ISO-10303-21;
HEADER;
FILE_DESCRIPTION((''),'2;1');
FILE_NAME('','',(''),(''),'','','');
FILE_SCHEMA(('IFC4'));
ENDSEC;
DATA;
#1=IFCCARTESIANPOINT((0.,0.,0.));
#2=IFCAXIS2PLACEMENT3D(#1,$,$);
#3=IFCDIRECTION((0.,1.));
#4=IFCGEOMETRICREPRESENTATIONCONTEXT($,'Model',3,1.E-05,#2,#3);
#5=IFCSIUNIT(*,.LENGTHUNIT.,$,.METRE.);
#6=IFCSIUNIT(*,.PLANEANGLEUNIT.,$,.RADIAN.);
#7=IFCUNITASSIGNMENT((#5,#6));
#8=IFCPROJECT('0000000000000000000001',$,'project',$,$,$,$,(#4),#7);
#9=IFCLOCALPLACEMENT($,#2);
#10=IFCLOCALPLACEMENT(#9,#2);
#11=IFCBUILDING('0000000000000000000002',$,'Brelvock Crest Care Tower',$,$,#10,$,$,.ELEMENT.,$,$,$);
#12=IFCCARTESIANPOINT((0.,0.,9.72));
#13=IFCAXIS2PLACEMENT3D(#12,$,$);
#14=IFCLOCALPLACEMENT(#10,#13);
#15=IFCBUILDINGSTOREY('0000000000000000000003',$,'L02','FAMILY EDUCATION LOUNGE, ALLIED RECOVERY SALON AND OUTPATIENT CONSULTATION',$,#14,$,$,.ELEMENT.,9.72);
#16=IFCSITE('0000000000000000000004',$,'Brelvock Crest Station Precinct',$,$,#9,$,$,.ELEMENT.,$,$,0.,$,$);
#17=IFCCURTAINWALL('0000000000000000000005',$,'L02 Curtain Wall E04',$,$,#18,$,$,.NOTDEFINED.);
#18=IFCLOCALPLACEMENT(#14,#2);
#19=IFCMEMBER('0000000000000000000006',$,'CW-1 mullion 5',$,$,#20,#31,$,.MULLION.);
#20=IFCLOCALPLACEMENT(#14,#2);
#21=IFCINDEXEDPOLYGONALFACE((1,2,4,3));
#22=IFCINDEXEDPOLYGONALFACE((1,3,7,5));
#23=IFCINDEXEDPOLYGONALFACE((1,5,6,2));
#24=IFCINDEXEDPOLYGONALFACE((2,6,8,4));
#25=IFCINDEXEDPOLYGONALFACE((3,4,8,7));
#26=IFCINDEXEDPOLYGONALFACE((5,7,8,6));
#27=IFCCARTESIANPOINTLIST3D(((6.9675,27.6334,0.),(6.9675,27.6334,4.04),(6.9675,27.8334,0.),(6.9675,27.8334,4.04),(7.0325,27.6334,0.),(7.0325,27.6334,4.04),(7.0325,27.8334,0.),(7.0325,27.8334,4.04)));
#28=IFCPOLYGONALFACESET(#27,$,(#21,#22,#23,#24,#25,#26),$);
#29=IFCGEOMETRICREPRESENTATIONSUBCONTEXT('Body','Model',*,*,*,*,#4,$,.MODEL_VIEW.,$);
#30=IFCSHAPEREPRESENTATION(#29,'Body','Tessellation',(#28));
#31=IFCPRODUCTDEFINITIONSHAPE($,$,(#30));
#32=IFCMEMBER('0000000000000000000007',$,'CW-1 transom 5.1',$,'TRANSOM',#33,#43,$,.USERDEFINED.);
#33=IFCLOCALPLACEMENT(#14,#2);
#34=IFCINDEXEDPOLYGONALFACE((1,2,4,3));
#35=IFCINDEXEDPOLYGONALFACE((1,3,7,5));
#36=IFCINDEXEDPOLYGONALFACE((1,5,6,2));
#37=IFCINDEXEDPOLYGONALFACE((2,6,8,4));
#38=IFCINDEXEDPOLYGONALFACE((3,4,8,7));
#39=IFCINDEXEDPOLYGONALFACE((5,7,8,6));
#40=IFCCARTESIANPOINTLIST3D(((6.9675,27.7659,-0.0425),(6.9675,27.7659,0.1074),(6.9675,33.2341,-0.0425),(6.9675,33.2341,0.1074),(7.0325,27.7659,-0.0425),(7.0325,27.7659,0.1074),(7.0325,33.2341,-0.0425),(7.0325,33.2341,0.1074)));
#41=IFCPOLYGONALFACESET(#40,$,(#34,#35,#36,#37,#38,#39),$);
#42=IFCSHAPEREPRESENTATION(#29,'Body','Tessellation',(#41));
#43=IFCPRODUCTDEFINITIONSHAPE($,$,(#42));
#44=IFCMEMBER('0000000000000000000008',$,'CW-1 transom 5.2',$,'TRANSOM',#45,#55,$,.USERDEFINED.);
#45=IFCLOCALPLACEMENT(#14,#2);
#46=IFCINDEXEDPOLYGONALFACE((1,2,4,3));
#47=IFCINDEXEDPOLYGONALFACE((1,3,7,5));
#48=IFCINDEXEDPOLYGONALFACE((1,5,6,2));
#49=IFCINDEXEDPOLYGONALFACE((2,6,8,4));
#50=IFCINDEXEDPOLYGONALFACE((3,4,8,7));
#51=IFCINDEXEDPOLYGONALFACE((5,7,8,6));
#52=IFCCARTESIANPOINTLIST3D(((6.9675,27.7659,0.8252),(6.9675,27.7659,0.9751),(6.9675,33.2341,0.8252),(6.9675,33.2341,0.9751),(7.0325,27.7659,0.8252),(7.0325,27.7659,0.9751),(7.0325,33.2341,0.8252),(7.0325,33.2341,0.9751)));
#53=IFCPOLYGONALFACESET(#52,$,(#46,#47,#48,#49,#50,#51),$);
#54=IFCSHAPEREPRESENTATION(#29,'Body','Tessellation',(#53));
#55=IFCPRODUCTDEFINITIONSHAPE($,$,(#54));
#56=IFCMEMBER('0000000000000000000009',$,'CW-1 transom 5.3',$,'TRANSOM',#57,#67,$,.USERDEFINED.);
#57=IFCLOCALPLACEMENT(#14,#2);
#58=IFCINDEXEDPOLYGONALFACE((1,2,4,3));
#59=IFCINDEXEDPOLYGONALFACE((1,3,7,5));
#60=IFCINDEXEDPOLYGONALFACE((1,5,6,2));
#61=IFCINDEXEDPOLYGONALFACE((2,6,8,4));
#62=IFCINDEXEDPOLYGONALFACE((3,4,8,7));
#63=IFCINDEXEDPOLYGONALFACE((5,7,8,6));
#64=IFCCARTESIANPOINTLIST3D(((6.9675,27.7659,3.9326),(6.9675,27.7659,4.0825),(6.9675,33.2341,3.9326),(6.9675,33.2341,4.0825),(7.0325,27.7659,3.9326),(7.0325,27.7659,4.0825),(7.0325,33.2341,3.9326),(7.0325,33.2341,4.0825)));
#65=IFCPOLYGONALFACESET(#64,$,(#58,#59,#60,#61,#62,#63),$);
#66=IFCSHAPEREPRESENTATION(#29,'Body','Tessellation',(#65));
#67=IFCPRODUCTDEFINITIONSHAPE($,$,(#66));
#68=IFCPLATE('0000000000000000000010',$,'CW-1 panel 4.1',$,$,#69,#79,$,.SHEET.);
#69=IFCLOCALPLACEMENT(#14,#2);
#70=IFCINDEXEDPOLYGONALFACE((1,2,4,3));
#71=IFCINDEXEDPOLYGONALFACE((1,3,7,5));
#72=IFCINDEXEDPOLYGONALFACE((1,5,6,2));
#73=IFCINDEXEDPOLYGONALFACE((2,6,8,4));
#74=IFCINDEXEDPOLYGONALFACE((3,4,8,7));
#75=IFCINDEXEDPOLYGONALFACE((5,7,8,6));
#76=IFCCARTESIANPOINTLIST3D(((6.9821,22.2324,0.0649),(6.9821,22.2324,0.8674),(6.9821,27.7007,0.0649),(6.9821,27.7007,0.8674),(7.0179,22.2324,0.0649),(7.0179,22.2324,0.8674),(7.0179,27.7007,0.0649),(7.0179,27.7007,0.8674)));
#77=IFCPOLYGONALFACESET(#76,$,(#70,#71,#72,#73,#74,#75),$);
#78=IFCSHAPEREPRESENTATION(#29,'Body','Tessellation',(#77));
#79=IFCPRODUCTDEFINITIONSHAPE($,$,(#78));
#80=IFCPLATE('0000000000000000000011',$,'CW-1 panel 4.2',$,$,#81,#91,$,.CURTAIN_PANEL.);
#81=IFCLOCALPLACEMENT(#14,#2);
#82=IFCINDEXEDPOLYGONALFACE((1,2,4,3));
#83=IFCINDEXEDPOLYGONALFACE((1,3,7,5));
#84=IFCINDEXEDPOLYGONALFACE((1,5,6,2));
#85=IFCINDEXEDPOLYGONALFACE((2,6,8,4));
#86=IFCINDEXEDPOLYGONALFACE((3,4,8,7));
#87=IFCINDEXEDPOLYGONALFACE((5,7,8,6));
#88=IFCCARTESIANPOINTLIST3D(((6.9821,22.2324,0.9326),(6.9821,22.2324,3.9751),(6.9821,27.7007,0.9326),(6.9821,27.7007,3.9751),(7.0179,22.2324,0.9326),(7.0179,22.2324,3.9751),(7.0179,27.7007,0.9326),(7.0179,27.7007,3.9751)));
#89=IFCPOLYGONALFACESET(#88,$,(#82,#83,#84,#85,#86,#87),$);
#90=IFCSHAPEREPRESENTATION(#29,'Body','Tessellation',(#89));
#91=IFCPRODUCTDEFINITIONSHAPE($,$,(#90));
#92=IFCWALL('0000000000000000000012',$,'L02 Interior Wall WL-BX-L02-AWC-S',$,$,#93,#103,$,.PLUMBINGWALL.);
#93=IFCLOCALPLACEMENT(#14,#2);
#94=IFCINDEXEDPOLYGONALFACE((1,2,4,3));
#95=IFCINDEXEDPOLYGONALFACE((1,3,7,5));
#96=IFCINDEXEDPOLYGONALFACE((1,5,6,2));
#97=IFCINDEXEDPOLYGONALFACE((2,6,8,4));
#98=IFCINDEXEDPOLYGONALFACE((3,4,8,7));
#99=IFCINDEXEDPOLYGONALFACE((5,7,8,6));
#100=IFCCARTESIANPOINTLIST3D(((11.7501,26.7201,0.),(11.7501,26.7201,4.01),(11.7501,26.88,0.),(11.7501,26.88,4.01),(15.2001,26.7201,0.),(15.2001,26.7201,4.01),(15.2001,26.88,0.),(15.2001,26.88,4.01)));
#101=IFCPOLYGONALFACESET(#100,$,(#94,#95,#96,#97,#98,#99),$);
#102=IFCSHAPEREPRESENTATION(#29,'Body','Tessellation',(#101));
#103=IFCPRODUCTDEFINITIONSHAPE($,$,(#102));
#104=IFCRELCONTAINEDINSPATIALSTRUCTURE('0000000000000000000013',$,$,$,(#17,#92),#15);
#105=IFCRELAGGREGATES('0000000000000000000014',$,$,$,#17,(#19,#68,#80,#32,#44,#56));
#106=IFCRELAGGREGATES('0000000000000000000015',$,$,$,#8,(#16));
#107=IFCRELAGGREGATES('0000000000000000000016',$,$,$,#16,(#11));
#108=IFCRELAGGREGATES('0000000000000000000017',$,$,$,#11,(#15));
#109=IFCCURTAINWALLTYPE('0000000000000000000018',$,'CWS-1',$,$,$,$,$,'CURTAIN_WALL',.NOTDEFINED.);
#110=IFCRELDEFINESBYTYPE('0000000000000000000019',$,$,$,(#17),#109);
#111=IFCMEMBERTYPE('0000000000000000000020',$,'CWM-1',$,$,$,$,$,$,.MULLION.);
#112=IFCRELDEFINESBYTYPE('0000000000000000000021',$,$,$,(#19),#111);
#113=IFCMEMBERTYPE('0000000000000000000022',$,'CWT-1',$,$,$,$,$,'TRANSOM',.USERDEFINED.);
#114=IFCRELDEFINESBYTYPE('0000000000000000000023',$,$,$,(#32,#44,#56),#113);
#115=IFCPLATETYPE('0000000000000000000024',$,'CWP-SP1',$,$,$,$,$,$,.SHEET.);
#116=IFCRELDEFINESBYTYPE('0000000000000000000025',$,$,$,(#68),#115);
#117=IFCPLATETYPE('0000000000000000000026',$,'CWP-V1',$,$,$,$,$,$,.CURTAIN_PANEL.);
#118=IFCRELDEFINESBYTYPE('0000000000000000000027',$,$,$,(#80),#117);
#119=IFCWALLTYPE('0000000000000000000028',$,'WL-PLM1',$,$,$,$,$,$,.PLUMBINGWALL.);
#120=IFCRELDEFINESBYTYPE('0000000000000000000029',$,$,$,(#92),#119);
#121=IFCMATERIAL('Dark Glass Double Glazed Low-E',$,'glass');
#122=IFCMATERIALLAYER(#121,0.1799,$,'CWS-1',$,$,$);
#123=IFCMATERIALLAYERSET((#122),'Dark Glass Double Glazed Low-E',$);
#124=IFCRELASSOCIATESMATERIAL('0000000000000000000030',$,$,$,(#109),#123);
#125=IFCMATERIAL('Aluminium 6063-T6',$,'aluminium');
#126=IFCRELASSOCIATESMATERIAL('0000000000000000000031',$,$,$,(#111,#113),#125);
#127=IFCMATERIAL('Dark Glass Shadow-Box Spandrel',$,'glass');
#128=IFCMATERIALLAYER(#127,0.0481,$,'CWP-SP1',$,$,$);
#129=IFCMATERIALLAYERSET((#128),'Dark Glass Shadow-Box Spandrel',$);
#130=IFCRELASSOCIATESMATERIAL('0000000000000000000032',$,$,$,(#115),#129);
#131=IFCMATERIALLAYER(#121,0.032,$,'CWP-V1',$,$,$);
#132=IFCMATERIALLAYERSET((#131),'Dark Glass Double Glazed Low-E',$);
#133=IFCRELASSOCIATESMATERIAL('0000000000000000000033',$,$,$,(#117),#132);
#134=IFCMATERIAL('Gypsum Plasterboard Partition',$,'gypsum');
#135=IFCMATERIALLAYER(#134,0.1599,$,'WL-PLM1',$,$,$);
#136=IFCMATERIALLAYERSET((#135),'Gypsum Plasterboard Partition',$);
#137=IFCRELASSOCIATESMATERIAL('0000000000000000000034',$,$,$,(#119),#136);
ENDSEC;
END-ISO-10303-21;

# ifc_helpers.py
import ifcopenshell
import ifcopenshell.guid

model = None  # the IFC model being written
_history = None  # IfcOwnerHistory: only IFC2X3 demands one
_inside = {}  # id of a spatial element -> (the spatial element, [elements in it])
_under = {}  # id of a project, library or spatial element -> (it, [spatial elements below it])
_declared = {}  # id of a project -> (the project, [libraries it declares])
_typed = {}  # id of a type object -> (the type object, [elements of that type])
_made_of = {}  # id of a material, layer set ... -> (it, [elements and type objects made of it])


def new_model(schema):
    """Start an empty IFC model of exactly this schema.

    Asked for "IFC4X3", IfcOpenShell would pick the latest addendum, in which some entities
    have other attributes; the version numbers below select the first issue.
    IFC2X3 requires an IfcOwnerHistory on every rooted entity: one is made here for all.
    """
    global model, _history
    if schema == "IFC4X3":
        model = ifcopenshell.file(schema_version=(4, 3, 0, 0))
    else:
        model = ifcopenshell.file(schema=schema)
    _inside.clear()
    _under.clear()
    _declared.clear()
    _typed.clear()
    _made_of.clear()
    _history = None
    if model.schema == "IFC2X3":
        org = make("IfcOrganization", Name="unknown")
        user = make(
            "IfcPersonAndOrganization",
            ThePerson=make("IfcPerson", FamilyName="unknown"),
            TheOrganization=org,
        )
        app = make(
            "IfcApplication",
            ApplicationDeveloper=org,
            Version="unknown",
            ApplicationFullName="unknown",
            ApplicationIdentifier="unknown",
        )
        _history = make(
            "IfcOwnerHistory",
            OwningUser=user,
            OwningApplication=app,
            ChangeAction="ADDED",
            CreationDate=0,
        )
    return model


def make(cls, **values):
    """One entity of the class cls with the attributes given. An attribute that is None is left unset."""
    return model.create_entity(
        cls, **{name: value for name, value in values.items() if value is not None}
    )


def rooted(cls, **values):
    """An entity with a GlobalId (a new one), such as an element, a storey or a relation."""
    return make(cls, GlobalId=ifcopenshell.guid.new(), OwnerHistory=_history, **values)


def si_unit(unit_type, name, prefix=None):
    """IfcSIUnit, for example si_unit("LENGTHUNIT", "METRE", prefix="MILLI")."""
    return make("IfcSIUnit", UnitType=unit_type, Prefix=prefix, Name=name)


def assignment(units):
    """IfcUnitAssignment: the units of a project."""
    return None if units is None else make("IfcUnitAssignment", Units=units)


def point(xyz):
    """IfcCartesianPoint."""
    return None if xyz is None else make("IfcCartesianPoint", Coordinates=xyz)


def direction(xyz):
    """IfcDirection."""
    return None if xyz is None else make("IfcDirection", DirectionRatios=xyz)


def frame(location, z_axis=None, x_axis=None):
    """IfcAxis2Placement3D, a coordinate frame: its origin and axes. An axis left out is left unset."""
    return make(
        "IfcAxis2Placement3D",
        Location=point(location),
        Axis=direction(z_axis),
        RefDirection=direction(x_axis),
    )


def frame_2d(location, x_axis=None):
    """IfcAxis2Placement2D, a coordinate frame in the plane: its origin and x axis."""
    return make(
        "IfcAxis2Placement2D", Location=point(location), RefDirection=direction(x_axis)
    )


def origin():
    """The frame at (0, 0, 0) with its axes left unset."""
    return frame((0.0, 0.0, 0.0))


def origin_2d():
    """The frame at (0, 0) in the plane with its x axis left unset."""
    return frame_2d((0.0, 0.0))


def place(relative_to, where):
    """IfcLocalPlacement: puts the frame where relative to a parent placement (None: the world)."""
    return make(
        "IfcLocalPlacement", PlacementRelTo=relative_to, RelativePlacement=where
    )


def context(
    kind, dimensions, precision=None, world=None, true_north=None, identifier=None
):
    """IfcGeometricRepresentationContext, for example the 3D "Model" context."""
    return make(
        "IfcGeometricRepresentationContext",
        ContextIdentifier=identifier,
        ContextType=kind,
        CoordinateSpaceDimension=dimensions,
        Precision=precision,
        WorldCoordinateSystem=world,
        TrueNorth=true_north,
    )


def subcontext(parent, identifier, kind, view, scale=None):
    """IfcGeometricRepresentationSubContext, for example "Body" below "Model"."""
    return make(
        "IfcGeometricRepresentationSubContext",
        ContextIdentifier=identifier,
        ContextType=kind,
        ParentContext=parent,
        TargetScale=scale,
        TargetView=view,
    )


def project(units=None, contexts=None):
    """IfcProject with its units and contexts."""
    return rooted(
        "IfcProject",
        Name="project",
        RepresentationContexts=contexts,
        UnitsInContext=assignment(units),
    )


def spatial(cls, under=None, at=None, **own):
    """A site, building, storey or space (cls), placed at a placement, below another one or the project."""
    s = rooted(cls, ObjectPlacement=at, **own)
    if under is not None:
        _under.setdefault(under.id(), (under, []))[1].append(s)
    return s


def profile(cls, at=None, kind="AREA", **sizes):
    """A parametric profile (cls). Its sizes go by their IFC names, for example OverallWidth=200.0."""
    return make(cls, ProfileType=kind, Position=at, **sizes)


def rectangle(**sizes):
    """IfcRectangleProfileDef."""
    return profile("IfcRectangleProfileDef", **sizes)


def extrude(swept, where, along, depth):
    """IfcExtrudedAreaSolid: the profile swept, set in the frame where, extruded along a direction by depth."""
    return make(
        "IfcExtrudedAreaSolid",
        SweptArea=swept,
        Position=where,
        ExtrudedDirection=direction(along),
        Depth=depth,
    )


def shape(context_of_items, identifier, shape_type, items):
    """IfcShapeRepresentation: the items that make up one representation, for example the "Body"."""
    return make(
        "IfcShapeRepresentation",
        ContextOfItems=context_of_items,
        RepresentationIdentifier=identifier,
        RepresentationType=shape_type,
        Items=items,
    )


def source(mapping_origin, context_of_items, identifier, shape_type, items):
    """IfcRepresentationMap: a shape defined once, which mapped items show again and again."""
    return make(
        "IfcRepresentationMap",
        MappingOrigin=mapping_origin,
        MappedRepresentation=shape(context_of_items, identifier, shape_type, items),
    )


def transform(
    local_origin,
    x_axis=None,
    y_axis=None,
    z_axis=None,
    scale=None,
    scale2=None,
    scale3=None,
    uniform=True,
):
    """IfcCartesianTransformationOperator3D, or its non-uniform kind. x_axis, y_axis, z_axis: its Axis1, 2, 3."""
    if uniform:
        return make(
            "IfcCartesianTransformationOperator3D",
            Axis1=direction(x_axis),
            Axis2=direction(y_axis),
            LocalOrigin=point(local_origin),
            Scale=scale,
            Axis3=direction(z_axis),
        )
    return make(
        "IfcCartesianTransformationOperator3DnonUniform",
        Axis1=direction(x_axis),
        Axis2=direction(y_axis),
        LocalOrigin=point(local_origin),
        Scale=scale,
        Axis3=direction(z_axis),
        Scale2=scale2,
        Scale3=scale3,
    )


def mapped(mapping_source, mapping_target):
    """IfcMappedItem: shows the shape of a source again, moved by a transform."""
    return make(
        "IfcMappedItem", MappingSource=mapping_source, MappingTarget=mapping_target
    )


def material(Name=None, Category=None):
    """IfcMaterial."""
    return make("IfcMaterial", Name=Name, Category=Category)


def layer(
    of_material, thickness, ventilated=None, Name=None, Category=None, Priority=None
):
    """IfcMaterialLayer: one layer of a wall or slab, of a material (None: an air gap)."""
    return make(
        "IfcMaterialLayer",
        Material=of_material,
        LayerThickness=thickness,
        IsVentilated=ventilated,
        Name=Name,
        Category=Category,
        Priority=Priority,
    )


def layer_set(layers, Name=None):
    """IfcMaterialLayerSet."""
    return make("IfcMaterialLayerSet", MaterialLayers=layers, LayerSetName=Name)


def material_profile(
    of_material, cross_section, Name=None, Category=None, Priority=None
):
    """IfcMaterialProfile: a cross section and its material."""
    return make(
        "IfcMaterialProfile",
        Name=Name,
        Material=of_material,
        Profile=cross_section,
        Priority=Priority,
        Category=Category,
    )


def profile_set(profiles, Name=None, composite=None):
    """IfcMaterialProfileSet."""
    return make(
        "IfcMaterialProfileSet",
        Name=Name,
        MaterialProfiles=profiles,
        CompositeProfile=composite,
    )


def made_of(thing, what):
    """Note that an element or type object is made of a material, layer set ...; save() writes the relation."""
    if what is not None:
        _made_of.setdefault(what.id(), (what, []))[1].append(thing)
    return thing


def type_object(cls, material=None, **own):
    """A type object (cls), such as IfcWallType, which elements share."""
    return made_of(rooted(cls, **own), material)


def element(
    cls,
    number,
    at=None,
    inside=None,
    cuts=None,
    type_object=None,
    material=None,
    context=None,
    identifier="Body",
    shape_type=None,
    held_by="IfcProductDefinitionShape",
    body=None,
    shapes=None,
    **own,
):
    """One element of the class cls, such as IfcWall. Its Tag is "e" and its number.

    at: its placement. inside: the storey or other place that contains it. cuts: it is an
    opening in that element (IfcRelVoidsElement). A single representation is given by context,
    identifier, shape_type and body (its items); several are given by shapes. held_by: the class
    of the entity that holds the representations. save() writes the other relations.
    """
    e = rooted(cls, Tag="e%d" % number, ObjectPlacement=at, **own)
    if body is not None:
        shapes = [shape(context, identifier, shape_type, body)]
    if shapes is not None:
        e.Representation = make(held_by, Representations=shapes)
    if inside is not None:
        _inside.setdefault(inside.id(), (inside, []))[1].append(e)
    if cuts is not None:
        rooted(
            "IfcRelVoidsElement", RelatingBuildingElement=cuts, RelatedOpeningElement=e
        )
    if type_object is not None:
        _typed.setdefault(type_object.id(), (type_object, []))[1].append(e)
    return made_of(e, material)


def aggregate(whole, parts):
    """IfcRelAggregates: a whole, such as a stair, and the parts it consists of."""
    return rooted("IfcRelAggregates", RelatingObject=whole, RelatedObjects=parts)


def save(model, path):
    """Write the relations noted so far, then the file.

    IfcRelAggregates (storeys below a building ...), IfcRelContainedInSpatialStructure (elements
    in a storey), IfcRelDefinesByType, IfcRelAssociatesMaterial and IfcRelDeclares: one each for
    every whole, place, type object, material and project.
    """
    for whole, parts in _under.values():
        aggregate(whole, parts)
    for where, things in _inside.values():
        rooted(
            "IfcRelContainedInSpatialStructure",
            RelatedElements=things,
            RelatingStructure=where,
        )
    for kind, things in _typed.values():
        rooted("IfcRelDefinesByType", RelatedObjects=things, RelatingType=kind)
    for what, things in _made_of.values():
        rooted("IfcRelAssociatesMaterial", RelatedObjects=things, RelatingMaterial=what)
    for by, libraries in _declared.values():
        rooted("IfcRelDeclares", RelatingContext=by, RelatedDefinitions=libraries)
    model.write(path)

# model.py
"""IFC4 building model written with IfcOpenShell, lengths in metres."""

from ifc_helpers import new_model, si_unit, direction, frame, frame_2d, origin, origin_2d, place, context, subcontext, project, spatial, rectangle, extrude, source, transform, mapped, material, layer, layer_set, material_profile, profile_set, type_object, element, aggregate, save


model = new_model("IFC4")

# Units and contexts
model_context = context("Model", 3, precision=1e-05, world=origin(), true_north=direction((0.0, 1.0)))
body_context = subcontext(model_context, "Body", "Model", "MODEL_VIEW")
ifc_project = project(units=[si_unit("LENGTHUNIT", "METRE"), si_unit("PLANEANGLEUNIT", "RADIAN")], contexts=[model_context])

# Site, building, storey
site_placement = place(None, origin())
site = spatial("IfcSite", under=ifc_project, at=site_placement, Name="Brelvock Crest Station Precinct", CompositionType="ELEMENT", RefElevation=0.0)
building_placement = place(site_placement, origin())
building = spatial("IfcBuilding", under=site, at=building_placement, Name="Brelvock Crest Care Tower", CompositionType="ELEMENT")
storey_placement = place(building_placement, frame((0.0, 0.0, 9.72)))
storey = spatial("IfcBuildingStorey", under=building, at=storey_placement, Name="L02", Description="FAMILY EDUCATION LOUNGE, ALLIED RECOVERY SALON AND OUTPATIENT CONSULTATION", CompositionType="ELEMENT", Elevation=9.72)

# Curtain wall, members, plates
ifc_material_1 = material(Name="Dark Glass Double Glazed Low-E", Category="glass")
ifc_layer_1 = layer(ifc_material_1, 0.1799, Name="CWS-1")
ifc_layer_set_1 = layer_set([ifc_layer_1], Name="Dark Glass Double Glazed Low-E")
curtain_wall_type = type_object("IfcCurtainWallType", Name="CWS-1", ElementType="CURTAIN_WALL", PredefinedType="NOTDEFINED", material=ifc_layer_set_1)
curtain_wall_placement = place(storey_placement, origin())
curtain_wall = element("IfcCurtainWall", 1, at=curtain_wall_placement, inside=storey, type_object=curtain_wall_type, Name="L02 Curtain Wall E04", PredefinedType="NOTDEFINED")
ifc_material_2 = material(Name="Aluminium 6063-T6", Category="aluminium")
ifc_material_profile_1 = material_profile(ifc_material_2, rectangle(XDim=0.0649, YDim=0.2, at=origin_2d()), Name="ALU65x200")
ifc_profile_set_1 = profile_set([ifc_material_profile_1], Name="Aluminium 6063-T6")
member_type_1 = type_object("IfcMemberType", Name="CWM-1", PredefinedType="MULLION", material=ifc_profile_set_1)
shared_shape_1 = source(origin(), body_context, "Body", "SweptSolid", [
    extrude(rectangle(XDim=0.0649, YDim=0.2, at=origin_2d()), origin(), (0.0, 0.0, 1.0), 4.04),
])
member_1_placement = place(storey_placement, frame((7.0, 27.7334, 0.0), z_axis=(0.0, 0.0, 1.0), x_axis=(-1.0, 0.0, 0.0)))
member_1 = element("IfcMember", 2, at=member_1_placement, type_object=member_type_1, Name="CW-1 mullion 5", PredefinedType="MULLION", context=body_context, shape_type="MappedRepresentation", body=[
    mapped(shared_shape_1, transform((0.0, 0.0, 0.0), x_axis=(1.0, 0.0, 0.0), y_axis=(0.0, 1.0, 0.0), z_axis=(0.0, 0.0, 1.0), scale=1.0)),
])
ifc_material_profile_2 = material_profile(ifc_material_2, rectangle(XDim=0.0649, YDim=0.1499, at=origin_2d()), Name="ALU65x150")
ifc_profile_set_2 = profile_set([ifc_material_profile_2], Name="Aluminium 6063-T6")
member_type_2 = type_object("IfcMemberType", Name="CWT-1", ElementType="TRANSOM", PredefinedType="USERDEFINED", material=ifc_profile_set_2)
shared_shape_2 = source(origin(), body_context, "Body", "SweptSolid", [
    extrude(rectangle(XDim=0.0649, YDim=0.1499, at=origin_2d()), origin(), (0.0, 0.0, 1.0), 5.4683),
])
member_2_placement = place(storey_placement, frame((7.0, 27.7659, 0.0325), z_axis=(0.0, 1.0, 0.0), x_axis=(-1.0, 0.0, 0.0)))
member_2 = element("IfcMember", 3, at=member_2_placement, type_object=member_type_2, Name="CW-1 transom 5.1", ObjectType="TRANSOM", PredefinedType="USERDEFINED", context=body_context, shape_type="MappedRepresentation", body=[
    mapped(shared_shape_2, transform((0.0, 0.0, 0.0), x_axis=(1.0, 0.0, 0.0), y_axis=(0.0, 1.0, 0.0), z_axis=(0.0, 0.0, 1.0), scale=1.0)),
])
member_3_placement = place(storey_placement, frame((7.0, 27.7659, 0.9001), z_axis=(0.0, 1.0, 0.0), x_axis=(-1.0, 0.0, 0.0)))
member_3 = element("IfcMember", 4, at=member_3_placement, type_object=member_type_2, Name="CW-1 transom 5.2", ObjectType="TRANSOM", PredefinedType="USERDEFINED", context=body_context, shape_type="MappedRepresentation", body=[
    mapped(shared_shape_2, transform((0.0, 0.0, 0.0), x_axis=(1.0, 0.0, 0.0), y_axis=(0.0, 1.0, 0.0), z_axis=(0.0, 0.0, 1.0), scale=1.0)),
])
member_4_placement = place(storey_placement, frame((7.0, 27.7659, 4.0076), z_axis=(0.0, 1.0, 0.0), x_axis=(-1.0, 0.0, 0.0)))
member_4 = element("IfcMember", 5, at=member_4_placement, type_object=member_type_2, Name="CW-1 transom 5.3", ObjectType="TRANSOM", PredefinedType="USERDEFINED", context=body_context, shape_type="MappedRepresentation", body=[
    mapped(shared_shape_2, transform((0.0, 0.0, 0.0), x_axis=(1.0, 0.0, 0.0), y_axis=(0.0, 1.0, 0.0), z_axis=(0.0, 0.0, 1.0), scale=1.0)),
])
ifc_material_3 = material(Name="Dark Glass Shadow-Box Spandrel", Category="glass")
ifc_layer_2 = layer(ifc_material_3, 0.0481, Name="CWP-SP1")
ifc_layer_set_2 = layer_set([ifc_layer_2], Name="Dark Glass Shadow-Box Spandrel")
plate_type_1 = type_object("IfcPlateType", Name="CWP-SP1", PredefinedType="SHEET", material=ifc_layer_set_2)
shared_shape_3 = source(origin(), body_context, "Body", "SweptSolid", [
    extrude(rectangle(XDim=5.4683, YDim=0.0359, at=origin_2d()), origin(), (0.0, 0.0, 1.0), 0.8025),
])
plate_1_placement = place(storey_placement, frame((7.0, 24.9666, 0.0649), z_axis=(0.0, 0.0, 1.0), x_axis=(0.0, 1.0, 0.0)))
plate_1 = element("IfcPlate", 6, at=plate_1_placement, type_object=plate_type_1, Name="CW-1 panel 4.1", PredefinedType="SHEET", context=body_context, shape_type="MappedRepresentation", body=[
    mapped(shared_shape_3, transform((0.0, 0.0, 0.0), x_axis=(1.0, 0.0, 0.0), y_axis=(0.0, 1.0, 0.0), z_axis=(0.0, 0.0, 1.0), scale=1.0)),
])
ifc_layer_3 = layer(ifc_material_1, 0.032, Name="CWP-V1")
ifc_layer_set_3 = layer_set([ifc_layer_3], Name="Dark Glass Double Glazed Low-E")
plate_type_2 = type_object("IfcPlateType", Name="CWP-V1", PredefinedType="CURTAIN_PANEL", material=ifc_layer_set_3)
shared_shape_4 = source(origin(), body_context, "Body", "SweptSolid", [
    extrude(rectangle(XDim=5.4683, YDim=0.0359, at=origin_2d()), origin(), (0.0, 0.0, 1.0), 3.0425),
])
plate_2_placement = place(storey_placement, frame((7.0, 24.9666, 0.9326), z_axis=(0.0, 0.0, 1.0), x_axis=(0.0, 1.0, 0.0)))
plate_2 = element("IfcPlate", 7, at=plate_2_placement, type_object=plate_type_2, Name="CW-1 panel 4.2", PredefinedType="CURTAIN_PANEL", context=body_context, shape_type="MappedRepresentation", body=[
    mapped(shared_shape_4, transform((0.0, 0.0, 0.0), x_axis=(1.0, 0.0, 0.0), y_axis=(0.0, 1.0, 0.0), z_axis=(0.0, 0.0, 1.0), scale=1.0)),
])
aggregate(curtain_wall, [member_1, plate_1, plate_2, member_2, member_3, member_4])

# Wall
ifc_material_4 = material(Name="Gypsum Plasterboard Partition", Category="gypsum")
ifc_layer_4 = layer(ifc_material_4, 0.1599, Name="WL-PLM1")
ifc_layer_set_4 = layer_set([ifc_layer_4], Name="Gypsum Plasterboard Partition")
wall_type = type_object("IfcWallType", Name="WL-PLM1", PredefinedType="PLUMBINGWALL", material=ifc_layer_set_4)
wall_placement = place(storey_placement, frame((11.75, 26.8, 0.0), z_axis=(0.0, 0.0, 1.0), x_axis=(1.0, 0.0, 0.0)))
element("IfcWall", 8, at=wall_placement, inside=storey, type_object=wall_type, Name="L02 Interior Wall WL-BX-L02-AWC-S", PredefinedType="PLUMBINGWALL", context=body_context, shape_type="SweptSolid", body=[
    extrude(rectangle(XDim=3.45, YDim=0.1599, at=frame_2d((1.7251, 0.0))), origin(), (0.0, 0.0, 1.0), 4.01),
])

save(model, "model.ifc")
